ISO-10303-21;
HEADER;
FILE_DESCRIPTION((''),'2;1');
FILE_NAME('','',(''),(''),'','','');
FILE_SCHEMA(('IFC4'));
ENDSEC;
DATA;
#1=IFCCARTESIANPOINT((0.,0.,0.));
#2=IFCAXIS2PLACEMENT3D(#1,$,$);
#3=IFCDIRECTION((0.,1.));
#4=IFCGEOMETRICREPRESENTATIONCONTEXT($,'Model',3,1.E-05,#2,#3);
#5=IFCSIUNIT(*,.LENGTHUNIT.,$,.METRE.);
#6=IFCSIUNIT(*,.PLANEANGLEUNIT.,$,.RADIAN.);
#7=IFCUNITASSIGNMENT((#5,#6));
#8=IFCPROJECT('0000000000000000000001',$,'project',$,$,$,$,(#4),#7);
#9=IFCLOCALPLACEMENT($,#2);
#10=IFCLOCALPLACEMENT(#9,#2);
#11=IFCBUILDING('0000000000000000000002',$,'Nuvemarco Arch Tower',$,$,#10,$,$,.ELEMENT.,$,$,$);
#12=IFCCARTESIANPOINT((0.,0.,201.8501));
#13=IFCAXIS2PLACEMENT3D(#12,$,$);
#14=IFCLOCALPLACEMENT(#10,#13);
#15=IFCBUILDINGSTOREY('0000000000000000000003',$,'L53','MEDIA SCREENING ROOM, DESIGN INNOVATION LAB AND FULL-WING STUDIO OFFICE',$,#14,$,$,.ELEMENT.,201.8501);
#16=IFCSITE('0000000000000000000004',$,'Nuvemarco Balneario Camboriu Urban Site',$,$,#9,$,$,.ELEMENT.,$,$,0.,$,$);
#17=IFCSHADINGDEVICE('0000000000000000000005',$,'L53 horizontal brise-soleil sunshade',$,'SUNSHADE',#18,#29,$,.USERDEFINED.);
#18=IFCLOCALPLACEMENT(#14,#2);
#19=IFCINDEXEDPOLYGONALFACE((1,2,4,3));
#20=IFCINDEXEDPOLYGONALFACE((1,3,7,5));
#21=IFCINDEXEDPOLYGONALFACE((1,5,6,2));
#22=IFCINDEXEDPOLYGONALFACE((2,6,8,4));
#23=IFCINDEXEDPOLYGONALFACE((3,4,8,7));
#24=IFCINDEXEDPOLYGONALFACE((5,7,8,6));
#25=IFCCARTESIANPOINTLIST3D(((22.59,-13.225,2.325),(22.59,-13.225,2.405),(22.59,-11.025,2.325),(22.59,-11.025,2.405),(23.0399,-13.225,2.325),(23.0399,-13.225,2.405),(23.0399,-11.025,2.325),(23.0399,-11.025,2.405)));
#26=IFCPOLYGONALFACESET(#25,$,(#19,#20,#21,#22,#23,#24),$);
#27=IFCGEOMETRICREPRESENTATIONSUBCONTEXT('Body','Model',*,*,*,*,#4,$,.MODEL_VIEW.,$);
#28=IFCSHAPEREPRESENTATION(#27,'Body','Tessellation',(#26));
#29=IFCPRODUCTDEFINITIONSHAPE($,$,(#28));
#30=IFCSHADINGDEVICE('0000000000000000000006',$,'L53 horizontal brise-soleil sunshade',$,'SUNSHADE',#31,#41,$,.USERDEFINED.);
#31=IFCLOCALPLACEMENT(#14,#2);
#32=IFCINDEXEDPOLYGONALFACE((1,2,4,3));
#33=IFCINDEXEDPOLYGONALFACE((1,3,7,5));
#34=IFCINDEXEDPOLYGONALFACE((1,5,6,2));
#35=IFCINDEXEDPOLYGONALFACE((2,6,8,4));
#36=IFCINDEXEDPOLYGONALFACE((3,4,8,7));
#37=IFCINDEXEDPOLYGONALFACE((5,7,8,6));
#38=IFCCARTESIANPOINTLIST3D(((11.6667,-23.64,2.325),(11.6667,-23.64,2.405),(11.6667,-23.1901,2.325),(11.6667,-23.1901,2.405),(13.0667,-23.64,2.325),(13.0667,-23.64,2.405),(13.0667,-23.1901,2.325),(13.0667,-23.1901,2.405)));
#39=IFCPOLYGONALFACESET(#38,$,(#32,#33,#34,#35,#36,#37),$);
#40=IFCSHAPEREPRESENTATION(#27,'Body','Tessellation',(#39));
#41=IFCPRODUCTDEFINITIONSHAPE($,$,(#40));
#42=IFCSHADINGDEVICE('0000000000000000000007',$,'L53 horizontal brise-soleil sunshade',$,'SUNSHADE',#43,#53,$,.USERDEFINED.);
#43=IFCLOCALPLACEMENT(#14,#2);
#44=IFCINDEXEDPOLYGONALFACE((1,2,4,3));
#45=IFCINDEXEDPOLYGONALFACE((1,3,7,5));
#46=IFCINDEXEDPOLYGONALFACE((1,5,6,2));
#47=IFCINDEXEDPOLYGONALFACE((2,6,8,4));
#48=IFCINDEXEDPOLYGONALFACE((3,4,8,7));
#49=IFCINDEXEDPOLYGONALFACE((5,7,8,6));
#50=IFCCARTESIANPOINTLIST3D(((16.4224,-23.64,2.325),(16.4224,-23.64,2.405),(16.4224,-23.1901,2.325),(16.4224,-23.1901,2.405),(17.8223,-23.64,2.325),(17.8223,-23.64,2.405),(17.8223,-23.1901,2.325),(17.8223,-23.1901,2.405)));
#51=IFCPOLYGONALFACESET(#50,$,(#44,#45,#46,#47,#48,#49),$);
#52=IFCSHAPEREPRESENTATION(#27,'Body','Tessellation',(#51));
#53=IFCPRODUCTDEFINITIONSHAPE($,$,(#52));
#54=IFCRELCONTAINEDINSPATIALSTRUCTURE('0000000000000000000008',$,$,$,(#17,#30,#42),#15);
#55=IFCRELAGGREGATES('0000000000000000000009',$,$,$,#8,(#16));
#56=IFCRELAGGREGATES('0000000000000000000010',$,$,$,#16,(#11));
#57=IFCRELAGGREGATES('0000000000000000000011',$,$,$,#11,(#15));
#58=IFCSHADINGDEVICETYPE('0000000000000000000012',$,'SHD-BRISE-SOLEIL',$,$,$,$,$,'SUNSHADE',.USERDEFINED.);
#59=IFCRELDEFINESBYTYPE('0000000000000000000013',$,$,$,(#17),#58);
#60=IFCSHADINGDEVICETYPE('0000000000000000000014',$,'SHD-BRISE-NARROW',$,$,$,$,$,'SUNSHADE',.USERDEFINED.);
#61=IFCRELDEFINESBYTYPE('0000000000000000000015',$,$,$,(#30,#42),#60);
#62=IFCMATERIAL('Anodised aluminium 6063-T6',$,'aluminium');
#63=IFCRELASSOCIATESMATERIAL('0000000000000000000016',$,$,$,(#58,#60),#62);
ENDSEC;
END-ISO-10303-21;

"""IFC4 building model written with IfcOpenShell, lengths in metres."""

from ifc_helpers import new_model, si_unit, direction, frame, origin, origin_2d, place, context, subcontext, project, spatial, rectangle, extrude, source, transform, mapped, material, type_object, type_shapes, element, save


model = new_model("IFC4")

# Units and contexts
model_context = context("Model", 3, precision=1e-05, world=origin(), true_north=direction((0.0, 1.0)))
body_context = subcontext(model_context, "Body", "Model", "MODEL_VIEW")
ifc_project = project(units=[si_unit("LENGTHUNIT", "METRE"), si_unit("PLANEANGLEUNIT", "RADIAN")], contexts=[model_context])

# Site, building, storey
site_placement = place(None, origin())
site = spatial("IfcSite", under=ifc_project, at=site_placement, Name="Nuvemarco Balneario Camboriu Urban Site", CompositionType="ELEMENT", RefElevation=0.0)
building_placement = place(site_placement, origin())
building = spatial("IfcBuilding", under=site, at=building_placement, Name="Nuvemarco Arch Tower", CompositionType="ELEMENT")
storey_placement = place(building_placement, frame((0.0, 0.0, 201.8501)))
storey = spatial("IfcBuildingStorey", under=building, at=storey_placement, Name="L53", Description="MEDIA SCREENING ROOM, DESIGN INNOVATION LAB AND FULL-WING STUDIO OFFICE", CompositionType="ELEMENT", Elevation=201.8501)

# Shading devices
ifc_material_1 = material(Name="Anodised aluminium 6063-T6", Category="aluminium")
shading_device_type_1 = type_object("IfcShadingDeviceType", Name="SHD-BRISE-SOLEIL", ElementType="SUNSHADE", PredefinedType="USERDEFINED", material=ifc_material_1)
shared_shape_1 = source(origin(), body_context, "Body", "SweptSolid", [
    extrude(rectangle(XDim=2.2, YDim=0.45, at=origin_2d()), origin(), (0.0, 0.0, 1.0), 0.0801),
])
type_shapes(shading_device_type_1, [shared_shape_1])
shading_device_placement = place(storey_placement, frame((22.8149, -12.125, 2.325), z_axis=(0.0, 0.0, 1.0), x_axis=(0.0, 1.0, 0.0)))
element("IfcShadingDevice", 1, at=shading_device_placement, inside=storey, type_object=shading_device_type_1, Name="L53 horizontal brise-soleil sunshade", ObjectType="SUNSHADE", PredefinedType="USERDEFINED", context=body_context, shape_type="MappedRepresentation", body=[
    mapped(shared_shape_1, transform((0.0, 0.0, 0.0), scale=1.0)),
])
shading_device_type_2 = type_object("IfcShadingDeviceType", Name="SHD-BRISE-NARROW", ElementType="SUNSHADE", PredefinedType="USERDEFINED", material=ifc_material_1)
shared_shape_2 = source(origin(), body_context, "Body", "SweptSolid", [
    extrude(rectangle(XDim=1.3999, YDim=0.45, at=origin_2d()), origin(), (0.0, 0.0, 1.0), 0.0801),
])
type_shapes(shading_device_type_2, [shared_shape_2])
for number, where, z_axis, x_axis, name in (
    (2, (12.3667, -23.415, 2.325), (0.0, 0.0, 1.0), (1.0, 0.0, 0.0), "L53 horizontal brise-soleil sunshade"),
    (3, (17.1223, -23.415, 2.325), (0.0, 0.0, 1.0), (1.0, 0.0, 0.0), "L53 horizontal brise-soleil sunshade"),
):
    element("IfcShadingDevice", number, at=place(storey_placement, frame(where, z_axis=z_axis, x_axis=x_axis)), inside=storey, type_object=shading_device_type_2, Name=name, ObjectType="SUNSHADE", PredefinedType="USERDEFINED", context=body_context, shape_type="MappedRepresentation", body=[
        mapped(shared_shape_2, transform((0.0, 0.0, 0.0), scale=1.0)),
    ])

save(model, "model.ifc")
